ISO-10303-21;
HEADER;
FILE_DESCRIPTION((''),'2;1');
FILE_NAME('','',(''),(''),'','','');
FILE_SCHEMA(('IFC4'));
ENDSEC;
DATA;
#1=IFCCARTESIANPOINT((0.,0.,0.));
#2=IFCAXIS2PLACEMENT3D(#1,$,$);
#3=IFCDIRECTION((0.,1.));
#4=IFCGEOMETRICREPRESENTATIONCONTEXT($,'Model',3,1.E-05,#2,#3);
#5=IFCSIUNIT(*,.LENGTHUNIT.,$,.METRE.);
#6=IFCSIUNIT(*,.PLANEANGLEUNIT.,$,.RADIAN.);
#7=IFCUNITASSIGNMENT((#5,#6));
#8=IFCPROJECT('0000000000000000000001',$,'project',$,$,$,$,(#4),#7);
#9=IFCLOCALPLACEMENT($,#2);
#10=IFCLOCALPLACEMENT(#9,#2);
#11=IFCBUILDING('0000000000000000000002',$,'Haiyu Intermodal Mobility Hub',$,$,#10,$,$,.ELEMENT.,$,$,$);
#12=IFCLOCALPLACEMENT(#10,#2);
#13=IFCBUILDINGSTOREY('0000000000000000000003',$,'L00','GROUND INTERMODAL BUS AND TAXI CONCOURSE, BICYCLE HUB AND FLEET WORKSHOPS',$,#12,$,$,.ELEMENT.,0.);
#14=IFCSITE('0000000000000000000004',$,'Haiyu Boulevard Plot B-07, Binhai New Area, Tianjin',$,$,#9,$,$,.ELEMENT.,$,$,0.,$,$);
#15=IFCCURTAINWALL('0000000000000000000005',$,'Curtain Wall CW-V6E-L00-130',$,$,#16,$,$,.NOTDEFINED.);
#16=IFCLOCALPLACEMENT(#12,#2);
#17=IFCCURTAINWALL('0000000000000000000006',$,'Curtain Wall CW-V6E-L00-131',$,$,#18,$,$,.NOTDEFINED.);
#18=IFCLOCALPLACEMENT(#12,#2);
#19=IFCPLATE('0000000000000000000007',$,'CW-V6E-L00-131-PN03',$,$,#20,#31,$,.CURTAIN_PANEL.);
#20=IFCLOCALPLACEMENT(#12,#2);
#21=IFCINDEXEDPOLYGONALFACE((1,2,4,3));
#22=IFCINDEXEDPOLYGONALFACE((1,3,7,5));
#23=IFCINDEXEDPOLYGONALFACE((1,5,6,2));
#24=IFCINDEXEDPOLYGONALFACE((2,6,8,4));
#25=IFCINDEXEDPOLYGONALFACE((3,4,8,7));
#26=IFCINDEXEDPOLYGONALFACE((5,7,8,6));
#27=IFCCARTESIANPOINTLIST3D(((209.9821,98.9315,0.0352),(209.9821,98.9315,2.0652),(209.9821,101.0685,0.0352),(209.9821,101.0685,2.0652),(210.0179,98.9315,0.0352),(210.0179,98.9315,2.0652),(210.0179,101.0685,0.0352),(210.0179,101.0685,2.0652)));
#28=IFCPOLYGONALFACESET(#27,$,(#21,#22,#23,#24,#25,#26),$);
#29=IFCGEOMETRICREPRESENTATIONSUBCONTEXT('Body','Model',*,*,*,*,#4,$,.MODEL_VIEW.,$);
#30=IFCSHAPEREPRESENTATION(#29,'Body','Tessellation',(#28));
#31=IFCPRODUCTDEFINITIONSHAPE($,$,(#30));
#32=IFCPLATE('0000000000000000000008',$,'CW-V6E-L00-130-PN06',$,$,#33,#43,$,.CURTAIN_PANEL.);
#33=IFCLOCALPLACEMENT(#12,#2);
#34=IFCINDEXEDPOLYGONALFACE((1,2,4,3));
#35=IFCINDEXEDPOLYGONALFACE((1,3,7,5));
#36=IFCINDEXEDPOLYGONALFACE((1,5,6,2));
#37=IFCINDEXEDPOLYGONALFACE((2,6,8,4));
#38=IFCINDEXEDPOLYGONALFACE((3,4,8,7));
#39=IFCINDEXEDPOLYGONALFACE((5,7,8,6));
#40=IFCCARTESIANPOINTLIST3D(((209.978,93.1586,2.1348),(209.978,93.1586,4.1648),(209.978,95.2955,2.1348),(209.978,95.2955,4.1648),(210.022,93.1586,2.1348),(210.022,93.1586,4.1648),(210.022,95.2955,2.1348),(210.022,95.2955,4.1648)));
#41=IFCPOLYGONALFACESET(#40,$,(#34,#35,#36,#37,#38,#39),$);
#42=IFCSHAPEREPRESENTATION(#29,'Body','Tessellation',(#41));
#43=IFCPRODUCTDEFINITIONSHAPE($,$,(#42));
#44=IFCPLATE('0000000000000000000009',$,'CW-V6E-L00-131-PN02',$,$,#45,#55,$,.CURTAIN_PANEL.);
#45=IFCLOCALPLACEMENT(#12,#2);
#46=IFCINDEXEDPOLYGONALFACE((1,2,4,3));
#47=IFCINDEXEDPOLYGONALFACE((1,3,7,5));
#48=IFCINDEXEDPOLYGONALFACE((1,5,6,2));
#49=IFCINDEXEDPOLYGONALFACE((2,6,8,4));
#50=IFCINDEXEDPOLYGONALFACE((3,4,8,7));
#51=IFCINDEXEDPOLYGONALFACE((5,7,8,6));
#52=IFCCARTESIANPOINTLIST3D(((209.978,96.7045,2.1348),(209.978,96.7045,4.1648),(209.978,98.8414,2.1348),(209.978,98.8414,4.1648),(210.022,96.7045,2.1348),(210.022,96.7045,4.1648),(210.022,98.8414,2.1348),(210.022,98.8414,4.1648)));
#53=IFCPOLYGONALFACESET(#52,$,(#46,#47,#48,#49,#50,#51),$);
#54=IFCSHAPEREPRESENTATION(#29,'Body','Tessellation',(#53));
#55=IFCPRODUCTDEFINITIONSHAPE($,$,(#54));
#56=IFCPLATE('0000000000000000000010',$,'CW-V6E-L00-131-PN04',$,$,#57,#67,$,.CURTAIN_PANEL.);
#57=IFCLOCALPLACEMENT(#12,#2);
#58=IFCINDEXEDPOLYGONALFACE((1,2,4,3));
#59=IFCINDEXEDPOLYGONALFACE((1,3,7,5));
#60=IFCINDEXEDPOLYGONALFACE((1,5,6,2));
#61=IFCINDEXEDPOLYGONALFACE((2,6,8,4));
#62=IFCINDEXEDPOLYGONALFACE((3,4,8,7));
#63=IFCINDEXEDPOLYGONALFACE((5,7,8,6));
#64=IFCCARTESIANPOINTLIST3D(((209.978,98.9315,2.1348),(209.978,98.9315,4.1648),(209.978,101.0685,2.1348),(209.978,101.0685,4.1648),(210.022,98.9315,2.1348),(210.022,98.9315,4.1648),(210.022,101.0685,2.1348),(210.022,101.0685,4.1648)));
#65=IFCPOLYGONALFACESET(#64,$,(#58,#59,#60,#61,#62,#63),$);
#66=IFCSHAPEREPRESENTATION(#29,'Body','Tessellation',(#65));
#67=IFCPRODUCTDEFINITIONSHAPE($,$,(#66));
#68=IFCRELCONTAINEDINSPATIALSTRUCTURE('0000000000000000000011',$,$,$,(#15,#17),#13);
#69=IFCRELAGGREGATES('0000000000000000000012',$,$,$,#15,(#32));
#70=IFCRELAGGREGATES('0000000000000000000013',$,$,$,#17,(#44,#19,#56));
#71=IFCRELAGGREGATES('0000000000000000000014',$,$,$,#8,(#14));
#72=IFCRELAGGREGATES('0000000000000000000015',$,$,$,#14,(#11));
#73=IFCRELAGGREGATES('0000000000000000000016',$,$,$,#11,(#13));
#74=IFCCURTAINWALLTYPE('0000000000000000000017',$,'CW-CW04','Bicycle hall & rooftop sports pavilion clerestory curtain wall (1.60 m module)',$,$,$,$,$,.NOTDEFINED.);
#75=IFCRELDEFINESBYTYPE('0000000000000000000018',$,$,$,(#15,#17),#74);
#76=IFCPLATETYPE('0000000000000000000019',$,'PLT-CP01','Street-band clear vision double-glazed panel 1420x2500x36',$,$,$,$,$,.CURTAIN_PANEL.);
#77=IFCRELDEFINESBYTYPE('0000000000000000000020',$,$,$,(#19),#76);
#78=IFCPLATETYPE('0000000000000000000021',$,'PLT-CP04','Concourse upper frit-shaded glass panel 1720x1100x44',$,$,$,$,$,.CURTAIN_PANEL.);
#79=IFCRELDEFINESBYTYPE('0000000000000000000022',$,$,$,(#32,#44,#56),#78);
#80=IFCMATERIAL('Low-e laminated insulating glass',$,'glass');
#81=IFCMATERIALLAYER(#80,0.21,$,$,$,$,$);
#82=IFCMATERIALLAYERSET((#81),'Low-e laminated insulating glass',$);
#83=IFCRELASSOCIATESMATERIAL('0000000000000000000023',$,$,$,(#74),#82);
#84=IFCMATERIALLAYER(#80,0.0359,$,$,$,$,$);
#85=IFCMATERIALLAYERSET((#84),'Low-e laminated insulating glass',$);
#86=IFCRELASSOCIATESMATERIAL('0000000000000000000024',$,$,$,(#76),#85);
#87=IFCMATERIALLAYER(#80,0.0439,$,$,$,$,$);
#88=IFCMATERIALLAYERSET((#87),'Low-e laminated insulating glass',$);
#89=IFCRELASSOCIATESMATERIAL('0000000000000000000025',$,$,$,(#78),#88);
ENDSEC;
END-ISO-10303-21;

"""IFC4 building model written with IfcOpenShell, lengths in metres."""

from ifc_helpers import new_model, si_unit, direction, frame, origin, origin_2d, place, context, subcontext, project, spatial, rectangle, extrude, material, layer, layer_set, type_object, element, aggregate, save


model = new_model("IFC4")

# Units and contexts
model_context = context("Model", 3, precision=1e-05, world=origin(), true_north=direction((0.0, 1.0)))
body_context = subcontext(model_context, "Body", "Model", "MODEL_VIEW")
ifc_project = project(units=[si_unit("LENGTHUNIT", "METRE"), si_unit("PLANEANGLEUNIT", "RADIAN")], contexts=[model_context])

# Site, building, storey
site_placement = place(None, origin())
site = spatial("IfcSite", under=ifc_project, at=site_placement, Name="Haiyu Boulevard Plot B-07, Binhai New Area, Tianjin", CompositionType="ELEMENT", RefElevation=0.0)
building_placement = place(site_placement, origin())
building = spatial("IfcBuilding", under=site, at=building_placement, Name="Haiyu Intermodal Mobility Hub", CompositionType="ELEMENT")
storey_placement = place(building_placement, origin())
storey = spatial("IfcBuildingStorey", under=building, at=storey_placement, Name="L00", Description="GROUND INTERMODAL BUS AND TAXI CONCOURSE, BICYCLE HUB AND FLEET WORKSHOPS", CompositionType="ELEMENT", Elevation=0.0)

# Curtain walls
ifc_material_1 = material(Name="Low-e laminated insulating glass", Category="glass")
ifc_layer_1 = layer(ifc_material_1, 0.21)
ifc_layer_set_1 = layer_set([ifc_layer_1], Name="Low-e laminated insulating glass")
curtain_wall_type = type_object("IfcCurtainWallType", Name="CW-CW04", Description="Bicycle hall & rooftop sports pavilion clerestory curtain wall (1.60 m module)", PredefinedType="NOTDEFINED", material=ifc_layer_set_1)
curtain_wall_1_placement = place(storey_placement, origin())
curtain_wall_1 = element("IfcCurtainWall", 1, at=curtain_wall_1_placement, inside=storey, type_object=curtain_wall_type, Name="Curtain Wall CW-V6E-L00-130", PredefinedType="NOTDEFINED")
curtain_wall_2_placement = place(storey_placement, origin())
curtain_wall_2 = element("IfcCurtainWall", 2, at=curtain_wall_2_placement, inside=storey, type_object=curtain_wall_type, Name="Curtain Wall CW-V6E-L00-131", PredefinedType="NOTDEFINED")

# Plates
ifc_layer_2 = layer(ifc_material_1, 0.0359)
ifc_layer_set_2 = layer_set([ifc_layer_2], Name="Low-e laminated insulating glass")
plate_type_1 = type_object("IfcPlateType", Name="PLT-CP01", Description="Street-band clear vision double-glazed panel 1420x2500x36", PredefinedType="CURTAIN_PANEL", material=ifc_layer_set_2)
plate_1_placement = place(storey_placement, frame((210.0, 100.0, 0.0352), z_axis=(0.0, 0.0, 1.0), x_axis=(0.0, 1.0, 0.0)))
plate_1 = element("IfcPlate", 3, at=plate_1_placement, type_object=plate_type_1, Name="CW-V6E-L00-131-PN03", PredefinedType="CURTAIN_PANEL", context=body_context, shape_type="SweptSolid", body=[
    extrude(rectangle(XDim=2.137, YDim=0.0359, at=origin_2d()), origin(), (0.0, 0.0, 1.0), 2.03),
])
ifc_layer_3 = layer(ifc_material_1, 0.0439)
ifc_layer_set_3 = layer_set([ifc_layer_3], Name="Low-e laminated insulating glass")
plate_type_2 = type_object("IfcPlateType", Name="PLT-CP04", Description="Concourse upper frit-shaded glass panel 1720x1100x44", PredefinedType="CURTAIN_PANEL", material=ifc_layer_set_3)
plate_2_placement = place(storey_placement, frame((210.0, 94.2271, 2.1348), z_axis=(0.0, 0.0, 1.0), x_axis=(0.0, 1.0, 0.0)))
plate_2 = element("IfcPlate", 4, at=plate_2_placement, type_object=plate_type_2, Name="CW-V6E-L00-130-PN06", PredefinedType="CURTAIN_PANEL", context=body_context, shape_type="SweptSolid", body=[
    extrude(rectangle(XDim=2.137, YDim=0.0439, at=origin_2d()), origin(), (0.0, 0.0, 1.0), 2.03),
])
aggregate(curtain_wall_1, [plate_2])
plate_3_placement = place(storey_placement, frame((210.0, 97.7729, 2.1348), z_axis=(0.0, 0.0, 1.0), x_axis=(0.0, 1.0, 0.0)))
plate_3 = element("IfcPlate", 5, at=plate_3_placement, type_object=plate_type_2, Name="CW-V6E-L00-131-PN02", PredefinedType="CURTAIN_PANEL", context=body_context, shape_type="SweptSolid", body=[
    extrude(rectangle(XDim=2.137, YDim=0.0439, at=origin_2d()), origin(), (0.0, 0.0, 1.0), 2.03),
])
plate_4_placement = place(storey_placement, frame((210.0, 100.0, 2.1348), z_axis=(0.0, 0.0, 1.0), x_axis=(0.0, 1.0, 0.0)))
plate_4 = element("IfcPlate", 6, at=plate_4_placement, type_object=plate_type_2, Name="CW-V6E-L00-131-PN04", PredefinedType="CURTAIN_PANEL", context=body_context, shape_type="SweptSolid", body=[
    extrude(rectangle(XDim=2.137, YDim=0.0439, at=origin_2d()), origin(), (0.0, 0.0, 1.0), 2.03),
])
aggregate(curtain_wall_2, [plate_3, plate_1, plate_4])

save(model, "model.ifc")
